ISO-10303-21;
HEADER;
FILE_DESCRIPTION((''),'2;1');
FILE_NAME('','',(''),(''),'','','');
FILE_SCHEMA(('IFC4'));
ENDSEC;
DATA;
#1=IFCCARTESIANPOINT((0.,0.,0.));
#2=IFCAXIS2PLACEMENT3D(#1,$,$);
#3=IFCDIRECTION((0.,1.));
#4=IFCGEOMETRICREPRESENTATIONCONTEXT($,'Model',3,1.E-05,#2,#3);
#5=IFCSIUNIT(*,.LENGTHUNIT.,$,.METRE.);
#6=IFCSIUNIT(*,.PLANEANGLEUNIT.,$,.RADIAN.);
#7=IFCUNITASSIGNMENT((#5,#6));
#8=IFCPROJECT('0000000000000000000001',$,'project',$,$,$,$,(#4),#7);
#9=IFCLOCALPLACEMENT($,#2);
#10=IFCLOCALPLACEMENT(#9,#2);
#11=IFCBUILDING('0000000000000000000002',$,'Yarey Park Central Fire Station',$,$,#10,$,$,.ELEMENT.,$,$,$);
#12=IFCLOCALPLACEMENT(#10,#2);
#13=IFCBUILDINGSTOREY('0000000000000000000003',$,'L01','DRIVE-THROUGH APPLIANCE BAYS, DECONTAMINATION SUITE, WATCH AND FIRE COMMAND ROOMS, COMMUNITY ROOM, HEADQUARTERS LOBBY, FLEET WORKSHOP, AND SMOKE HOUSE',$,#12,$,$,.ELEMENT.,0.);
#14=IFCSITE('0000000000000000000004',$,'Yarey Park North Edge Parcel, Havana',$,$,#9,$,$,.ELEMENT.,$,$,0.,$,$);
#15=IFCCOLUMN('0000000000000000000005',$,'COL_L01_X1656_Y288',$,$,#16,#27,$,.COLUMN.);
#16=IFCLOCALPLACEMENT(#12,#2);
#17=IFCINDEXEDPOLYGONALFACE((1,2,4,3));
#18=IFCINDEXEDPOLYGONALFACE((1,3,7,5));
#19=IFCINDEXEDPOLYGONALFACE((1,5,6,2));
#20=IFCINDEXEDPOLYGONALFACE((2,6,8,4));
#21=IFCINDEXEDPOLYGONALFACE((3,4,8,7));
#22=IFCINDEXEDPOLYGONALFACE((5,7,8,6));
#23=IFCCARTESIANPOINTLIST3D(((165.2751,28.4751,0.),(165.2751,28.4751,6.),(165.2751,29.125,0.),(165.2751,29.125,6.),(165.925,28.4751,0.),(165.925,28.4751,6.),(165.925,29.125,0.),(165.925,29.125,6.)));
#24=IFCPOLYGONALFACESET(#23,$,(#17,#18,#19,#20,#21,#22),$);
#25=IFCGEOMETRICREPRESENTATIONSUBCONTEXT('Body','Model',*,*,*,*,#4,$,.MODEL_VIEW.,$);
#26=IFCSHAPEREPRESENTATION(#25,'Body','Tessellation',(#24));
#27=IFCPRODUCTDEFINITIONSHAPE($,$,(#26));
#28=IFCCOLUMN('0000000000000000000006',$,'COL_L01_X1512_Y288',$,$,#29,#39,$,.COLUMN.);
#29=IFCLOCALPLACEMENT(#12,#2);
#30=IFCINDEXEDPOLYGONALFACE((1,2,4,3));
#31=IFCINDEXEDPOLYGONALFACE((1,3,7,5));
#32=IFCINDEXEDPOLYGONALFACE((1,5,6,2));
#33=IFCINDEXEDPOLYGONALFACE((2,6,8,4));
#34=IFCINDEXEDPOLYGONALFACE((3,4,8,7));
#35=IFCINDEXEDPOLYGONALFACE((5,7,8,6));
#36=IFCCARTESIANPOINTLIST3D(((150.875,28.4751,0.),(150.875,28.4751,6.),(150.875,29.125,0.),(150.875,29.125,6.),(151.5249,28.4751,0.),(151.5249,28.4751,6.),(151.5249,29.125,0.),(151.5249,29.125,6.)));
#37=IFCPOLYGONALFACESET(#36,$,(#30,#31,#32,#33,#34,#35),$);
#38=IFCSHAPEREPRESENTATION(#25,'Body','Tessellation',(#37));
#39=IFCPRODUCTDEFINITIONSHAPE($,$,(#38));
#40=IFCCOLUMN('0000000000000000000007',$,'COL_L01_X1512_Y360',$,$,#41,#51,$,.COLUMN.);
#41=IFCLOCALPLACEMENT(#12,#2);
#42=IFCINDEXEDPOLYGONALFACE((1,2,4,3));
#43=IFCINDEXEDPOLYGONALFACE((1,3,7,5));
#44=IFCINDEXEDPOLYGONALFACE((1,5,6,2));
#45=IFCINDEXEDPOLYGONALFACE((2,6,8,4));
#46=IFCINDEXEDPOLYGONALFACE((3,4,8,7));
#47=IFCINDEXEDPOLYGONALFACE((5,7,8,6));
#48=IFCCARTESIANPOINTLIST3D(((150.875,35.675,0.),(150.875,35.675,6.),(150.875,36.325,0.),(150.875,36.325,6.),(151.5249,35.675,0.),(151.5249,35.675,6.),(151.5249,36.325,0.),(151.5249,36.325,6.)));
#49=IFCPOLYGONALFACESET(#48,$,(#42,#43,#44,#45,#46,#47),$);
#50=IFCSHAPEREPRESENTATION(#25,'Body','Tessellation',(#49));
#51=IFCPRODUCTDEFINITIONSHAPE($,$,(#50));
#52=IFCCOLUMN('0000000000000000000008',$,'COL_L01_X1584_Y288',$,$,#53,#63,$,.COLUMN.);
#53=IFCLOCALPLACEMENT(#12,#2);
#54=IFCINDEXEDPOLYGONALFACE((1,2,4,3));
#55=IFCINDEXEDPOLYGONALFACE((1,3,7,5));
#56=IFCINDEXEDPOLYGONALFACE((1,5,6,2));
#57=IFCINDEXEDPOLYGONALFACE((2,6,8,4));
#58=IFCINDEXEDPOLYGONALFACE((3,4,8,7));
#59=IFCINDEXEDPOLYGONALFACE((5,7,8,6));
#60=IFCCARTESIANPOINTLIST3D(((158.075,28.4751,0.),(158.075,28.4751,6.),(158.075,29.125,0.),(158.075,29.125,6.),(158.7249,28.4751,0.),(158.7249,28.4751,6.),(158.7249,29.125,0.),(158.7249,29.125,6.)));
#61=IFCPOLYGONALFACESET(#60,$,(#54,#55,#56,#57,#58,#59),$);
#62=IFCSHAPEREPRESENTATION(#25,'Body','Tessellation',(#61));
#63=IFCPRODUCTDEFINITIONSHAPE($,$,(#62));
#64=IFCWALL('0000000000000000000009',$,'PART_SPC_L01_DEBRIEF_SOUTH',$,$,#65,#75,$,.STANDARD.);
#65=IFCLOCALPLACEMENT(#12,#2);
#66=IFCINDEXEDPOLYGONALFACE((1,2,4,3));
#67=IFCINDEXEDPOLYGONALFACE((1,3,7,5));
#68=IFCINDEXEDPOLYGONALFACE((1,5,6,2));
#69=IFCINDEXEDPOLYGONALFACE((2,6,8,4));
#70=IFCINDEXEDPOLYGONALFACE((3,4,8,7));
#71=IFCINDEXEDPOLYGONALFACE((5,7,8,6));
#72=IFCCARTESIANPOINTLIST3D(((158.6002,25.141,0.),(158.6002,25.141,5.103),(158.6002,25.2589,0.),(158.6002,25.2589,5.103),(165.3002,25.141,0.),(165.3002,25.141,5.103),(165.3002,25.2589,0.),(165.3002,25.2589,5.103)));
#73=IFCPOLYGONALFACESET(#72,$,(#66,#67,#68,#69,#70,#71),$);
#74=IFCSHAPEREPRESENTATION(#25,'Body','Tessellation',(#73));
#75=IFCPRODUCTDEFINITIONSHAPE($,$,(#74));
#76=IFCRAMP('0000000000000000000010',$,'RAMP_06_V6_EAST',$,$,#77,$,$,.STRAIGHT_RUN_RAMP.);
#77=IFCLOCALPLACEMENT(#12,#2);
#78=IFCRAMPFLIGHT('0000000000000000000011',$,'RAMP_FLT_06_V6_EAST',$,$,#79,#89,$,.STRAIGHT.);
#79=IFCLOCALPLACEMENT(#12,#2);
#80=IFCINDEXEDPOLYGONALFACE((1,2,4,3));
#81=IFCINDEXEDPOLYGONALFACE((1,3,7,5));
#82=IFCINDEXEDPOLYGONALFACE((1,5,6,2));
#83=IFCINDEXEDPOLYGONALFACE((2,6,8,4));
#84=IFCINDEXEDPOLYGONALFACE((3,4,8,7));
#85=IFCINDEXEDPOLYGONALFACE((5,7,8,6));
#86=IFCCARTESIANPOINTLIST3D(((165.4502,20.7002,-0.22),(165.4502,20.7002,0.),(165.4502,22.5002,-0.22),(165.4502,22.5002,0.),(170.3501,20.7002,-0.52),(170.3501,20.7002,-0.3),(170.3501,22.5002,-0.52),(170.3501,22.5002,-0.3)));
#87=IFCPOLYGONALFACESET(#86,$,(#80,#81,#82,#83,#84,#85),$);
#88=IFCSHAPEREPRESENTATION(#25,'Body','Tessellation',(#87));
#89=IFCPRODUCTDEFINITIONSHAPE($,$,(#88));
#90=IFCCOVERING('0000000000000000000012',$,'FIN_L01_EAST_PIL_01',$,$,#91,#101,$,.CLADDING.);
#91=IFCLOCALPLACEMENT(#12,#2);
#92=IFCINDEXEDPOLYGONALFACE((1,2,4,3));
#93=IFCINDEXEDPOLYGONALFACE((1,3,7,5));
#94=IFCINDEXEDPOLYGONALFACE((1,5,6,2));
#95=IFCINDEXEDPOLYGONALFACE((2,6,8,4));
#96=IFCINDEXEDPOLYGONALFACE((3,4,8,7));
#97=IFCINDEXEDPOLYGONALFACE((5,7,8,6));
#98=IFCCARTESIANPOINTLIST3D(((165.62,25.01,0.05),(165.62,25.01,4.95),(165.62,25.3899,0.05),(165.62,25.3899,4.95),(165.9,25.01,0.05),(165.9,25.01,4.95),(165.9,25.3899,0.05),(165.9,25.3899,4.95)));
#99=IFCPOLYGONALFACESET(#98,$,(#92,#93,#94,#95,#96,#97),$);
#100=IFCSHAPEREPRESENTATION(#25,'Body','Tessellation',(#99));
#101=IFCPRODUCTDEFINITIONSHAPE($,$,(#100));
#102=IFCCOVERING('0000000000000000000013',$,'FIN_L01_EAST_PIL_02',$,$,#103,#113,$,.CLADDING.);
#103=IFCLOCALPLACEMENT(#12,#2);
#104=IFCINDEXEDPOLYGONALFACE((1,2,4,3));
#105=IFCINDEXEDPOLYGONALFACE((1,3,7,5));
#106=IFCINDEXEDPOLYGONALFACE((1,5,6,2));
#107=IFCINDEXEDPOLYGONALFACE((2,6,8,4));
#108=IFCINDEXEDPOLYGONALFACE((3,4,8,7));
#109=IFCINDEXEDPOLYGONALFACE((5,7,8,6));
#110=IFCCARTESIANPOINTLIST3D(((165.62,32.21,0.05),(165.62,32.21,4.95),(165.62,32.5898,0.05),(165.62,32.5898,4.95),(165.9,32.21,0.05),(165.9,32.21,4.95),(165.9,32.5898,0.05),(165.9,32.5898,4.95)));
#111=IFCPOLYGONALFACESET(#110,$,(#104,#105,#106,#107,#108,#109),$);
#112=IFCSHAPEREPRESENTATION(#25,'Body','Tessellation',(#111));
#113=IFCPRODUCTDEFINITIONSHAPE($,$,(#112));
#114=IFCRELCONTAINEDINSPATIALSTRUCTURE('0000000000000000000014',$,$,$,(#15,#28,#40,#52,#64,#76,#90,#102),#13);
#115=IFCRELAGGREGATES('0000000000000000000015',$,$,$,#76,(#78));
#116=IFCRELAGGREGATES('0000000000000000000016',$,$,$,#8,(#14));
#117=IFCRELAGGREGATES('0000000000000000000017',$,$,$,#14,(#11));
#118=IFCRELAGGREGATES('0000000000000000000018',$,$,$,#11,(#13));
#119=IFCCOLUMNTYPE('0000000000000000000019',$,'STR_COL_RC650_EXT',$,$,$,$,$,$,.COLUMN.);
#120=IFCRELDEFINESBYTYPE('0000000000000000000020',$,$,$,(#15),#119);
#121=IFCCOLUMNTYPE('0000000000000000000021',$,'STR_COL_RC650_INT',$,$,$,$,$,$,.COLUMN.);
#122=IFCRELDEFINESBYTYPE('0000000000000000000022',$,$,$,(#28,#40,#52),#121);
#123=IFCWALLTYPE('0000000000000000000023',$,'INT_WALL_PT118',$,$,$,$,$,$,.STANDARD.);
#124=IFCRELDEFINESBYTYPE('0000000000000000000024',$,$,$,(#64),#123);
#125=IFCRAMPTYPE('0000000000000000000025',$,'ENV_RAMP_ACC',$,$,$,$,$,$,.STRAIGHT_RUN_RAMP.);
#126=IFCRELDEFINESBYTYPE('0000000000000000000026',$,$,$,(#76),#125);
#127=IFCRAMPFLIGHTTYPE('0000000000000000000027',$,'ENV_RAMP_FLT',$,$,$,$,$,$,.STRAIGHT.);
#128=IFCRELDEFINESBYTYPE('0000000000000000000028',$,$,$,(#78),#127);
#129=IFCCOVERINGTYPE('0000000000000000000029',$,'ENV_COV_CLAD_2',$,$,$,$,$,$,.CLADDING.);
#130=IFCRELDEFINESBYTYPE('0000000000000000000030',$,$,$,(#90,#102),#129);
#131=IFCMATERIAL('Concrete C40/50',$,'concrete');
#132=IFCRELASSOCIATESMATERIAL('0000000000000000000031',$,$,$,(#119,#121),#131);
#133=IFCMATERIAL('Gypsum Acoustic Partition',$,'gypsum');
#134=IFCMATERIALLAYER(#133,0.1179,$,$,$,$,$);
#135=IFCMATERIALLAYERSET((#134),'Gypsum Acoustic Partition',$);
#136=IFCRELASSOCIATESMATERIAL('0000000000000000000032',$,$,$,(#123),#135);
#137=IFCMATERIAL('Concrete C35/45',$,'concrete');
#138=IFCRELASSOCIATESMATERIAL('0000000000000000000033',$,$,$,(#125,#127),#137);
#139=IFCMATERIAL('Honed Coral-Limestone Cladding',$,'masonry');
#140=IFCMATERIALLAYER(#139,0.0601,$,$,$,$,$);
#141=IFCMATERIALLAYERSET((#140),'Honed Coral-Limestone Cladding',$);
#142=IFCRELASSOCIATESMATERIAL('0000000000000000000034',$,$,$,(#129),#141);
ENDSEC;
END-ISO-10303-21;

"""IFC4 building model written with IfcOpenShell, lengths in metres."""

from ifc_helpers import new_model, si_unit, direction, frame, frame_2d, origin, origin_2d, place, context, subcontext, project, spatial, polyline, rectangle, outline, extrude, material, layer, layer_set, material_profile, profile_set, type_object, element, aggregate, save


model = new_model("IFC4")

# Units and contexts
model_context = context("Model", 3, precision=1e-05, world=origin(), true_north=direction((0.0, 1.0)))
body_context = subcontext(model_context, "Body", "Model", "MODEL_VIEW")
ifc_project = project(units=[si_unit("LENGTHUNIT", "METRE"), si_unit("PLANEANGLEUNIT", "RADIAN")], contexts=[model_context])

# Site, building, storey
site_placement = place(None, origin())
site = spatial("IfcSite", under=ifc_project, at=site_placement, Name="Yarey Park North Edge Parcel, Havana", CompositionType="ELEMENT", RefElevation=0.0)
building_placement = place(site_placement, origin())
building = spatial("IfcBuilding", under=site, at=building_placement, Name="Yarey Park Central Fire Station", CompositionType="ELEMENT")
storey_placement = place(building_placement, origin())
storey = spatial("IfcBuildingStorey", under=building, at=storey_placement, Name="L01", Description="DRIVE-THROUGH APPLIANCE BAYS, DECONTAMINATION SUITE, WATCH AND FIRE COMMAND ROOMS, COMMUNITY ROOM, HEADQUARTERS LOBBY, FLEET WORKSHOP, AND SMOKE HOUSE", CompositionType="ELEMENT", Elevation=0.0)

# Shared definitions
ifc_material_1 = material(Name="Concrete C35/45", Category="concrete")

# Columns
ifc_material_2 = material(Name="Concrete C40/50", Category="concrete")
ifc_material_profile_1 = material_profile(ifc_material_2, rectangle(XDim=0.6499, YDim=0.6499, at=origin_2d()), Name="RC 650x650")
ifc_profile_set_1 = profile_set([ifc_material_profile_1], Name="Concrete C40/50")
column_type_1 = type_object("IfcColumnType", Name="STR_COL_RC650_EXT", PredefinedType="COLUMN", material=ifc_profile_set_1)
column_placement = place(storey_placement, frame((165.6001, 28.8, 0.0), z_axis=(0.0, 0.0, 1.0), x_axis=(1.0, 0.0, 0.0)))
element("IfcColumn", 1, at=column_placement, inside=storey, type_object=column_type_1, Name="COL_L01_X1656_Y288", PredefinedType="COLUMN", context=body_context, shape_type="SweptSolid", body=[
    extrude(rectangle(XDim=0.6499, YDim=0.6499, at=origin_2d()), origin(), (0.0, 0.0, 1.0), 6.0),
])
ifc_material_profile_2 = material_profile(ifc_material_2, rectangle(XDim=0.6499, YDim=0.6499, at=origin_2d()), Name="RC 650x650")
ifc_profile_set_2 = profile_set([ifc_material_profile_2], Name="Concrete C40/50")
column_type_2 = type_object("IfcColumnType", Name="STR_COL_RC650_INT", PredefinedType="COLUMN", material=ifc_profile_set_2)
for number, where, z_axis, x_axis, name in (
    (2, (151.2, 28.8, 0.0), (0.0, 0.0, 1.0), (1.0, 0.0, 0.0), "COL_L01_X1512_Y288"),
    (3, (151.2, 36.0, 0.0), (0.0, 0.0, 1.0), (1.0, 0.0, 0.0), "COL_L01_X1512_Y360"),
    (4, (158.3999, 28.8, 0.0), (0.0, 0.0, 1.0), (1.0, 0.0, 0.0), "COL_L01_X1584_Y288"),
):
    element("IfcColumn", number, at=place(storey_placement, frame(where, z_axis=z_axis, x_axis=x_axis)), inside=storey, type_object=column_type_2, Name=name, PredefinedType="COLUMN", context=body_context, shape_type="SweptSolid", body=[
        extrude(rectangle(XDim=0.6499, YDim=0.6499, at=origin_2d()), origin(), (0.0, 0.0, 1.0), 6.0),
    ])

# Wall
ifc_material_3 = material(Name="Gypsum Acoustic Partition", Category="gypsum")
ifc_layer_1 = layer(ifc_material_3, 0.1179)
ifc_layer_set_1 = layer_set([ifc_layer_1], Name="Gypsum Acoustic Partition")
wall_type = type_object("IfcWallType", Name="INT_WALL_PT118", PredefinedType="STANDARD", material=ifc_layer_set_1)
wall_placement = place(storey_placement, frame((158.6001, 25.2, 0.0), z_axis=(0.0, 0.0, 1.0), x_axis=(1.0, 0.0, 0.0)))
element("IfcWall", 5, at=wall_placement, inside=storey, type_object=wall_type, Name="PART_SPC_L01_DEBRIEF_SOUTH", PredefinedType="STANDARD", context=body_context, shape_type="SweptSolid", body=[
    extrude(rectangle(XDim=6.7, YDim=0.1179, at=frame_2d((3.3501, 0.0))), origin(), (0.0, 0.0, 1.0), 5.103),
])

# Ramp, ramp flight
ramp_type = type_object("IfcRampType", Name="ENV_RAMP_ACC", PredefinedType="STRAIGHT_RUN_RAMP", material=ifc_material_1)
ramp_placement = place(storey_placement, origin())
ramp = element("IfcRamp", 6, at=ramp_placement, inside=storey, type_object=ramp_type, Name="RAMP_06_V6_EAST", PredefinedType="STRAIGHT_RUN_RAMP")
ramp_flight_type = type_object("IfcRampFlightType", Name="ENV_RAMP_FLT", PredefinedType="STRAIGHT", material=ifc_material_1)
ramp_flight_placement = place(storey_placement, frame((170.3501, 21.6001, -0.3), z_axis=(0.0, 0.0, 1.0), x_axis=(-1.0, 0.0, 0.0)))
ramp_flight = element("IfcRampFlight", 7, at=ramp_flight_placement, type_object=ramp_flight_type, Name="RAMP_FLT_06_V6_EAST", PredefinedType="STRAIGHT", context=body_context, shape_type="SweptSolid", body=[
    extrude(outline(polyline([(0.0, 0.0), (0.0, -0.22), (4.8999, 0.0801), (4.8999, 0.3), (0.0, 0.0)])), frame((0.0, 0.8999, 0.0), z_axis=(0.0, -1.0, 0.0), x_axis=(1.0, 0.0, 0.0)), (0.0, 0.0, 1.0), 1.8),
])
aggregate(ramp, [ramp_flight])

# Coverings
ifc_material_4 = material(Name="Honed Coral-Limestone Cladding", Category="masonry")
ifc_layer_2 = layer(ifc_material_4, 0.0601)
ifc_layer_set_2 = layer_set([ifc_layer_2], Name="Honed Coral-Limestone Cladding")
covering_type = type_object("IfcCoveringType", Name="ENV_COV_CLAD_2", PredefinedType="CLADDING", material=ifc_layer_set_2)
for number, where, z_axis, x_axis, name in (
    (8, (165.76, 25.2, 0.05), (0.0, 0.0, 1.0), (0.0, 1.0, 0.0), "FIN_L01_EAST_PIL_01"),
    (9, (165.76, 32.3999, 0.05), (0.0, 0.0, 1.0), (0.0, 1.0, 0.0), "FIN_L01_EAST_PIL_02"),
):
    element("IfcCovering", number, at=place(storey_placement, frame(where, z_axis=z_axis, x_axis=x_axis)), inside=storey, type_object=covering_type, Name=name, PredefinedType="CLADDING", context=body_context, shape_type="SweptSolid", body=[
        extrude(rectangle(XDim=0.3799, YDim=0.28, at=origin_2d()), origin(), (0.0, 0.0, 1.0), 4.8999),
    ])

save(model, "model.ifc")
